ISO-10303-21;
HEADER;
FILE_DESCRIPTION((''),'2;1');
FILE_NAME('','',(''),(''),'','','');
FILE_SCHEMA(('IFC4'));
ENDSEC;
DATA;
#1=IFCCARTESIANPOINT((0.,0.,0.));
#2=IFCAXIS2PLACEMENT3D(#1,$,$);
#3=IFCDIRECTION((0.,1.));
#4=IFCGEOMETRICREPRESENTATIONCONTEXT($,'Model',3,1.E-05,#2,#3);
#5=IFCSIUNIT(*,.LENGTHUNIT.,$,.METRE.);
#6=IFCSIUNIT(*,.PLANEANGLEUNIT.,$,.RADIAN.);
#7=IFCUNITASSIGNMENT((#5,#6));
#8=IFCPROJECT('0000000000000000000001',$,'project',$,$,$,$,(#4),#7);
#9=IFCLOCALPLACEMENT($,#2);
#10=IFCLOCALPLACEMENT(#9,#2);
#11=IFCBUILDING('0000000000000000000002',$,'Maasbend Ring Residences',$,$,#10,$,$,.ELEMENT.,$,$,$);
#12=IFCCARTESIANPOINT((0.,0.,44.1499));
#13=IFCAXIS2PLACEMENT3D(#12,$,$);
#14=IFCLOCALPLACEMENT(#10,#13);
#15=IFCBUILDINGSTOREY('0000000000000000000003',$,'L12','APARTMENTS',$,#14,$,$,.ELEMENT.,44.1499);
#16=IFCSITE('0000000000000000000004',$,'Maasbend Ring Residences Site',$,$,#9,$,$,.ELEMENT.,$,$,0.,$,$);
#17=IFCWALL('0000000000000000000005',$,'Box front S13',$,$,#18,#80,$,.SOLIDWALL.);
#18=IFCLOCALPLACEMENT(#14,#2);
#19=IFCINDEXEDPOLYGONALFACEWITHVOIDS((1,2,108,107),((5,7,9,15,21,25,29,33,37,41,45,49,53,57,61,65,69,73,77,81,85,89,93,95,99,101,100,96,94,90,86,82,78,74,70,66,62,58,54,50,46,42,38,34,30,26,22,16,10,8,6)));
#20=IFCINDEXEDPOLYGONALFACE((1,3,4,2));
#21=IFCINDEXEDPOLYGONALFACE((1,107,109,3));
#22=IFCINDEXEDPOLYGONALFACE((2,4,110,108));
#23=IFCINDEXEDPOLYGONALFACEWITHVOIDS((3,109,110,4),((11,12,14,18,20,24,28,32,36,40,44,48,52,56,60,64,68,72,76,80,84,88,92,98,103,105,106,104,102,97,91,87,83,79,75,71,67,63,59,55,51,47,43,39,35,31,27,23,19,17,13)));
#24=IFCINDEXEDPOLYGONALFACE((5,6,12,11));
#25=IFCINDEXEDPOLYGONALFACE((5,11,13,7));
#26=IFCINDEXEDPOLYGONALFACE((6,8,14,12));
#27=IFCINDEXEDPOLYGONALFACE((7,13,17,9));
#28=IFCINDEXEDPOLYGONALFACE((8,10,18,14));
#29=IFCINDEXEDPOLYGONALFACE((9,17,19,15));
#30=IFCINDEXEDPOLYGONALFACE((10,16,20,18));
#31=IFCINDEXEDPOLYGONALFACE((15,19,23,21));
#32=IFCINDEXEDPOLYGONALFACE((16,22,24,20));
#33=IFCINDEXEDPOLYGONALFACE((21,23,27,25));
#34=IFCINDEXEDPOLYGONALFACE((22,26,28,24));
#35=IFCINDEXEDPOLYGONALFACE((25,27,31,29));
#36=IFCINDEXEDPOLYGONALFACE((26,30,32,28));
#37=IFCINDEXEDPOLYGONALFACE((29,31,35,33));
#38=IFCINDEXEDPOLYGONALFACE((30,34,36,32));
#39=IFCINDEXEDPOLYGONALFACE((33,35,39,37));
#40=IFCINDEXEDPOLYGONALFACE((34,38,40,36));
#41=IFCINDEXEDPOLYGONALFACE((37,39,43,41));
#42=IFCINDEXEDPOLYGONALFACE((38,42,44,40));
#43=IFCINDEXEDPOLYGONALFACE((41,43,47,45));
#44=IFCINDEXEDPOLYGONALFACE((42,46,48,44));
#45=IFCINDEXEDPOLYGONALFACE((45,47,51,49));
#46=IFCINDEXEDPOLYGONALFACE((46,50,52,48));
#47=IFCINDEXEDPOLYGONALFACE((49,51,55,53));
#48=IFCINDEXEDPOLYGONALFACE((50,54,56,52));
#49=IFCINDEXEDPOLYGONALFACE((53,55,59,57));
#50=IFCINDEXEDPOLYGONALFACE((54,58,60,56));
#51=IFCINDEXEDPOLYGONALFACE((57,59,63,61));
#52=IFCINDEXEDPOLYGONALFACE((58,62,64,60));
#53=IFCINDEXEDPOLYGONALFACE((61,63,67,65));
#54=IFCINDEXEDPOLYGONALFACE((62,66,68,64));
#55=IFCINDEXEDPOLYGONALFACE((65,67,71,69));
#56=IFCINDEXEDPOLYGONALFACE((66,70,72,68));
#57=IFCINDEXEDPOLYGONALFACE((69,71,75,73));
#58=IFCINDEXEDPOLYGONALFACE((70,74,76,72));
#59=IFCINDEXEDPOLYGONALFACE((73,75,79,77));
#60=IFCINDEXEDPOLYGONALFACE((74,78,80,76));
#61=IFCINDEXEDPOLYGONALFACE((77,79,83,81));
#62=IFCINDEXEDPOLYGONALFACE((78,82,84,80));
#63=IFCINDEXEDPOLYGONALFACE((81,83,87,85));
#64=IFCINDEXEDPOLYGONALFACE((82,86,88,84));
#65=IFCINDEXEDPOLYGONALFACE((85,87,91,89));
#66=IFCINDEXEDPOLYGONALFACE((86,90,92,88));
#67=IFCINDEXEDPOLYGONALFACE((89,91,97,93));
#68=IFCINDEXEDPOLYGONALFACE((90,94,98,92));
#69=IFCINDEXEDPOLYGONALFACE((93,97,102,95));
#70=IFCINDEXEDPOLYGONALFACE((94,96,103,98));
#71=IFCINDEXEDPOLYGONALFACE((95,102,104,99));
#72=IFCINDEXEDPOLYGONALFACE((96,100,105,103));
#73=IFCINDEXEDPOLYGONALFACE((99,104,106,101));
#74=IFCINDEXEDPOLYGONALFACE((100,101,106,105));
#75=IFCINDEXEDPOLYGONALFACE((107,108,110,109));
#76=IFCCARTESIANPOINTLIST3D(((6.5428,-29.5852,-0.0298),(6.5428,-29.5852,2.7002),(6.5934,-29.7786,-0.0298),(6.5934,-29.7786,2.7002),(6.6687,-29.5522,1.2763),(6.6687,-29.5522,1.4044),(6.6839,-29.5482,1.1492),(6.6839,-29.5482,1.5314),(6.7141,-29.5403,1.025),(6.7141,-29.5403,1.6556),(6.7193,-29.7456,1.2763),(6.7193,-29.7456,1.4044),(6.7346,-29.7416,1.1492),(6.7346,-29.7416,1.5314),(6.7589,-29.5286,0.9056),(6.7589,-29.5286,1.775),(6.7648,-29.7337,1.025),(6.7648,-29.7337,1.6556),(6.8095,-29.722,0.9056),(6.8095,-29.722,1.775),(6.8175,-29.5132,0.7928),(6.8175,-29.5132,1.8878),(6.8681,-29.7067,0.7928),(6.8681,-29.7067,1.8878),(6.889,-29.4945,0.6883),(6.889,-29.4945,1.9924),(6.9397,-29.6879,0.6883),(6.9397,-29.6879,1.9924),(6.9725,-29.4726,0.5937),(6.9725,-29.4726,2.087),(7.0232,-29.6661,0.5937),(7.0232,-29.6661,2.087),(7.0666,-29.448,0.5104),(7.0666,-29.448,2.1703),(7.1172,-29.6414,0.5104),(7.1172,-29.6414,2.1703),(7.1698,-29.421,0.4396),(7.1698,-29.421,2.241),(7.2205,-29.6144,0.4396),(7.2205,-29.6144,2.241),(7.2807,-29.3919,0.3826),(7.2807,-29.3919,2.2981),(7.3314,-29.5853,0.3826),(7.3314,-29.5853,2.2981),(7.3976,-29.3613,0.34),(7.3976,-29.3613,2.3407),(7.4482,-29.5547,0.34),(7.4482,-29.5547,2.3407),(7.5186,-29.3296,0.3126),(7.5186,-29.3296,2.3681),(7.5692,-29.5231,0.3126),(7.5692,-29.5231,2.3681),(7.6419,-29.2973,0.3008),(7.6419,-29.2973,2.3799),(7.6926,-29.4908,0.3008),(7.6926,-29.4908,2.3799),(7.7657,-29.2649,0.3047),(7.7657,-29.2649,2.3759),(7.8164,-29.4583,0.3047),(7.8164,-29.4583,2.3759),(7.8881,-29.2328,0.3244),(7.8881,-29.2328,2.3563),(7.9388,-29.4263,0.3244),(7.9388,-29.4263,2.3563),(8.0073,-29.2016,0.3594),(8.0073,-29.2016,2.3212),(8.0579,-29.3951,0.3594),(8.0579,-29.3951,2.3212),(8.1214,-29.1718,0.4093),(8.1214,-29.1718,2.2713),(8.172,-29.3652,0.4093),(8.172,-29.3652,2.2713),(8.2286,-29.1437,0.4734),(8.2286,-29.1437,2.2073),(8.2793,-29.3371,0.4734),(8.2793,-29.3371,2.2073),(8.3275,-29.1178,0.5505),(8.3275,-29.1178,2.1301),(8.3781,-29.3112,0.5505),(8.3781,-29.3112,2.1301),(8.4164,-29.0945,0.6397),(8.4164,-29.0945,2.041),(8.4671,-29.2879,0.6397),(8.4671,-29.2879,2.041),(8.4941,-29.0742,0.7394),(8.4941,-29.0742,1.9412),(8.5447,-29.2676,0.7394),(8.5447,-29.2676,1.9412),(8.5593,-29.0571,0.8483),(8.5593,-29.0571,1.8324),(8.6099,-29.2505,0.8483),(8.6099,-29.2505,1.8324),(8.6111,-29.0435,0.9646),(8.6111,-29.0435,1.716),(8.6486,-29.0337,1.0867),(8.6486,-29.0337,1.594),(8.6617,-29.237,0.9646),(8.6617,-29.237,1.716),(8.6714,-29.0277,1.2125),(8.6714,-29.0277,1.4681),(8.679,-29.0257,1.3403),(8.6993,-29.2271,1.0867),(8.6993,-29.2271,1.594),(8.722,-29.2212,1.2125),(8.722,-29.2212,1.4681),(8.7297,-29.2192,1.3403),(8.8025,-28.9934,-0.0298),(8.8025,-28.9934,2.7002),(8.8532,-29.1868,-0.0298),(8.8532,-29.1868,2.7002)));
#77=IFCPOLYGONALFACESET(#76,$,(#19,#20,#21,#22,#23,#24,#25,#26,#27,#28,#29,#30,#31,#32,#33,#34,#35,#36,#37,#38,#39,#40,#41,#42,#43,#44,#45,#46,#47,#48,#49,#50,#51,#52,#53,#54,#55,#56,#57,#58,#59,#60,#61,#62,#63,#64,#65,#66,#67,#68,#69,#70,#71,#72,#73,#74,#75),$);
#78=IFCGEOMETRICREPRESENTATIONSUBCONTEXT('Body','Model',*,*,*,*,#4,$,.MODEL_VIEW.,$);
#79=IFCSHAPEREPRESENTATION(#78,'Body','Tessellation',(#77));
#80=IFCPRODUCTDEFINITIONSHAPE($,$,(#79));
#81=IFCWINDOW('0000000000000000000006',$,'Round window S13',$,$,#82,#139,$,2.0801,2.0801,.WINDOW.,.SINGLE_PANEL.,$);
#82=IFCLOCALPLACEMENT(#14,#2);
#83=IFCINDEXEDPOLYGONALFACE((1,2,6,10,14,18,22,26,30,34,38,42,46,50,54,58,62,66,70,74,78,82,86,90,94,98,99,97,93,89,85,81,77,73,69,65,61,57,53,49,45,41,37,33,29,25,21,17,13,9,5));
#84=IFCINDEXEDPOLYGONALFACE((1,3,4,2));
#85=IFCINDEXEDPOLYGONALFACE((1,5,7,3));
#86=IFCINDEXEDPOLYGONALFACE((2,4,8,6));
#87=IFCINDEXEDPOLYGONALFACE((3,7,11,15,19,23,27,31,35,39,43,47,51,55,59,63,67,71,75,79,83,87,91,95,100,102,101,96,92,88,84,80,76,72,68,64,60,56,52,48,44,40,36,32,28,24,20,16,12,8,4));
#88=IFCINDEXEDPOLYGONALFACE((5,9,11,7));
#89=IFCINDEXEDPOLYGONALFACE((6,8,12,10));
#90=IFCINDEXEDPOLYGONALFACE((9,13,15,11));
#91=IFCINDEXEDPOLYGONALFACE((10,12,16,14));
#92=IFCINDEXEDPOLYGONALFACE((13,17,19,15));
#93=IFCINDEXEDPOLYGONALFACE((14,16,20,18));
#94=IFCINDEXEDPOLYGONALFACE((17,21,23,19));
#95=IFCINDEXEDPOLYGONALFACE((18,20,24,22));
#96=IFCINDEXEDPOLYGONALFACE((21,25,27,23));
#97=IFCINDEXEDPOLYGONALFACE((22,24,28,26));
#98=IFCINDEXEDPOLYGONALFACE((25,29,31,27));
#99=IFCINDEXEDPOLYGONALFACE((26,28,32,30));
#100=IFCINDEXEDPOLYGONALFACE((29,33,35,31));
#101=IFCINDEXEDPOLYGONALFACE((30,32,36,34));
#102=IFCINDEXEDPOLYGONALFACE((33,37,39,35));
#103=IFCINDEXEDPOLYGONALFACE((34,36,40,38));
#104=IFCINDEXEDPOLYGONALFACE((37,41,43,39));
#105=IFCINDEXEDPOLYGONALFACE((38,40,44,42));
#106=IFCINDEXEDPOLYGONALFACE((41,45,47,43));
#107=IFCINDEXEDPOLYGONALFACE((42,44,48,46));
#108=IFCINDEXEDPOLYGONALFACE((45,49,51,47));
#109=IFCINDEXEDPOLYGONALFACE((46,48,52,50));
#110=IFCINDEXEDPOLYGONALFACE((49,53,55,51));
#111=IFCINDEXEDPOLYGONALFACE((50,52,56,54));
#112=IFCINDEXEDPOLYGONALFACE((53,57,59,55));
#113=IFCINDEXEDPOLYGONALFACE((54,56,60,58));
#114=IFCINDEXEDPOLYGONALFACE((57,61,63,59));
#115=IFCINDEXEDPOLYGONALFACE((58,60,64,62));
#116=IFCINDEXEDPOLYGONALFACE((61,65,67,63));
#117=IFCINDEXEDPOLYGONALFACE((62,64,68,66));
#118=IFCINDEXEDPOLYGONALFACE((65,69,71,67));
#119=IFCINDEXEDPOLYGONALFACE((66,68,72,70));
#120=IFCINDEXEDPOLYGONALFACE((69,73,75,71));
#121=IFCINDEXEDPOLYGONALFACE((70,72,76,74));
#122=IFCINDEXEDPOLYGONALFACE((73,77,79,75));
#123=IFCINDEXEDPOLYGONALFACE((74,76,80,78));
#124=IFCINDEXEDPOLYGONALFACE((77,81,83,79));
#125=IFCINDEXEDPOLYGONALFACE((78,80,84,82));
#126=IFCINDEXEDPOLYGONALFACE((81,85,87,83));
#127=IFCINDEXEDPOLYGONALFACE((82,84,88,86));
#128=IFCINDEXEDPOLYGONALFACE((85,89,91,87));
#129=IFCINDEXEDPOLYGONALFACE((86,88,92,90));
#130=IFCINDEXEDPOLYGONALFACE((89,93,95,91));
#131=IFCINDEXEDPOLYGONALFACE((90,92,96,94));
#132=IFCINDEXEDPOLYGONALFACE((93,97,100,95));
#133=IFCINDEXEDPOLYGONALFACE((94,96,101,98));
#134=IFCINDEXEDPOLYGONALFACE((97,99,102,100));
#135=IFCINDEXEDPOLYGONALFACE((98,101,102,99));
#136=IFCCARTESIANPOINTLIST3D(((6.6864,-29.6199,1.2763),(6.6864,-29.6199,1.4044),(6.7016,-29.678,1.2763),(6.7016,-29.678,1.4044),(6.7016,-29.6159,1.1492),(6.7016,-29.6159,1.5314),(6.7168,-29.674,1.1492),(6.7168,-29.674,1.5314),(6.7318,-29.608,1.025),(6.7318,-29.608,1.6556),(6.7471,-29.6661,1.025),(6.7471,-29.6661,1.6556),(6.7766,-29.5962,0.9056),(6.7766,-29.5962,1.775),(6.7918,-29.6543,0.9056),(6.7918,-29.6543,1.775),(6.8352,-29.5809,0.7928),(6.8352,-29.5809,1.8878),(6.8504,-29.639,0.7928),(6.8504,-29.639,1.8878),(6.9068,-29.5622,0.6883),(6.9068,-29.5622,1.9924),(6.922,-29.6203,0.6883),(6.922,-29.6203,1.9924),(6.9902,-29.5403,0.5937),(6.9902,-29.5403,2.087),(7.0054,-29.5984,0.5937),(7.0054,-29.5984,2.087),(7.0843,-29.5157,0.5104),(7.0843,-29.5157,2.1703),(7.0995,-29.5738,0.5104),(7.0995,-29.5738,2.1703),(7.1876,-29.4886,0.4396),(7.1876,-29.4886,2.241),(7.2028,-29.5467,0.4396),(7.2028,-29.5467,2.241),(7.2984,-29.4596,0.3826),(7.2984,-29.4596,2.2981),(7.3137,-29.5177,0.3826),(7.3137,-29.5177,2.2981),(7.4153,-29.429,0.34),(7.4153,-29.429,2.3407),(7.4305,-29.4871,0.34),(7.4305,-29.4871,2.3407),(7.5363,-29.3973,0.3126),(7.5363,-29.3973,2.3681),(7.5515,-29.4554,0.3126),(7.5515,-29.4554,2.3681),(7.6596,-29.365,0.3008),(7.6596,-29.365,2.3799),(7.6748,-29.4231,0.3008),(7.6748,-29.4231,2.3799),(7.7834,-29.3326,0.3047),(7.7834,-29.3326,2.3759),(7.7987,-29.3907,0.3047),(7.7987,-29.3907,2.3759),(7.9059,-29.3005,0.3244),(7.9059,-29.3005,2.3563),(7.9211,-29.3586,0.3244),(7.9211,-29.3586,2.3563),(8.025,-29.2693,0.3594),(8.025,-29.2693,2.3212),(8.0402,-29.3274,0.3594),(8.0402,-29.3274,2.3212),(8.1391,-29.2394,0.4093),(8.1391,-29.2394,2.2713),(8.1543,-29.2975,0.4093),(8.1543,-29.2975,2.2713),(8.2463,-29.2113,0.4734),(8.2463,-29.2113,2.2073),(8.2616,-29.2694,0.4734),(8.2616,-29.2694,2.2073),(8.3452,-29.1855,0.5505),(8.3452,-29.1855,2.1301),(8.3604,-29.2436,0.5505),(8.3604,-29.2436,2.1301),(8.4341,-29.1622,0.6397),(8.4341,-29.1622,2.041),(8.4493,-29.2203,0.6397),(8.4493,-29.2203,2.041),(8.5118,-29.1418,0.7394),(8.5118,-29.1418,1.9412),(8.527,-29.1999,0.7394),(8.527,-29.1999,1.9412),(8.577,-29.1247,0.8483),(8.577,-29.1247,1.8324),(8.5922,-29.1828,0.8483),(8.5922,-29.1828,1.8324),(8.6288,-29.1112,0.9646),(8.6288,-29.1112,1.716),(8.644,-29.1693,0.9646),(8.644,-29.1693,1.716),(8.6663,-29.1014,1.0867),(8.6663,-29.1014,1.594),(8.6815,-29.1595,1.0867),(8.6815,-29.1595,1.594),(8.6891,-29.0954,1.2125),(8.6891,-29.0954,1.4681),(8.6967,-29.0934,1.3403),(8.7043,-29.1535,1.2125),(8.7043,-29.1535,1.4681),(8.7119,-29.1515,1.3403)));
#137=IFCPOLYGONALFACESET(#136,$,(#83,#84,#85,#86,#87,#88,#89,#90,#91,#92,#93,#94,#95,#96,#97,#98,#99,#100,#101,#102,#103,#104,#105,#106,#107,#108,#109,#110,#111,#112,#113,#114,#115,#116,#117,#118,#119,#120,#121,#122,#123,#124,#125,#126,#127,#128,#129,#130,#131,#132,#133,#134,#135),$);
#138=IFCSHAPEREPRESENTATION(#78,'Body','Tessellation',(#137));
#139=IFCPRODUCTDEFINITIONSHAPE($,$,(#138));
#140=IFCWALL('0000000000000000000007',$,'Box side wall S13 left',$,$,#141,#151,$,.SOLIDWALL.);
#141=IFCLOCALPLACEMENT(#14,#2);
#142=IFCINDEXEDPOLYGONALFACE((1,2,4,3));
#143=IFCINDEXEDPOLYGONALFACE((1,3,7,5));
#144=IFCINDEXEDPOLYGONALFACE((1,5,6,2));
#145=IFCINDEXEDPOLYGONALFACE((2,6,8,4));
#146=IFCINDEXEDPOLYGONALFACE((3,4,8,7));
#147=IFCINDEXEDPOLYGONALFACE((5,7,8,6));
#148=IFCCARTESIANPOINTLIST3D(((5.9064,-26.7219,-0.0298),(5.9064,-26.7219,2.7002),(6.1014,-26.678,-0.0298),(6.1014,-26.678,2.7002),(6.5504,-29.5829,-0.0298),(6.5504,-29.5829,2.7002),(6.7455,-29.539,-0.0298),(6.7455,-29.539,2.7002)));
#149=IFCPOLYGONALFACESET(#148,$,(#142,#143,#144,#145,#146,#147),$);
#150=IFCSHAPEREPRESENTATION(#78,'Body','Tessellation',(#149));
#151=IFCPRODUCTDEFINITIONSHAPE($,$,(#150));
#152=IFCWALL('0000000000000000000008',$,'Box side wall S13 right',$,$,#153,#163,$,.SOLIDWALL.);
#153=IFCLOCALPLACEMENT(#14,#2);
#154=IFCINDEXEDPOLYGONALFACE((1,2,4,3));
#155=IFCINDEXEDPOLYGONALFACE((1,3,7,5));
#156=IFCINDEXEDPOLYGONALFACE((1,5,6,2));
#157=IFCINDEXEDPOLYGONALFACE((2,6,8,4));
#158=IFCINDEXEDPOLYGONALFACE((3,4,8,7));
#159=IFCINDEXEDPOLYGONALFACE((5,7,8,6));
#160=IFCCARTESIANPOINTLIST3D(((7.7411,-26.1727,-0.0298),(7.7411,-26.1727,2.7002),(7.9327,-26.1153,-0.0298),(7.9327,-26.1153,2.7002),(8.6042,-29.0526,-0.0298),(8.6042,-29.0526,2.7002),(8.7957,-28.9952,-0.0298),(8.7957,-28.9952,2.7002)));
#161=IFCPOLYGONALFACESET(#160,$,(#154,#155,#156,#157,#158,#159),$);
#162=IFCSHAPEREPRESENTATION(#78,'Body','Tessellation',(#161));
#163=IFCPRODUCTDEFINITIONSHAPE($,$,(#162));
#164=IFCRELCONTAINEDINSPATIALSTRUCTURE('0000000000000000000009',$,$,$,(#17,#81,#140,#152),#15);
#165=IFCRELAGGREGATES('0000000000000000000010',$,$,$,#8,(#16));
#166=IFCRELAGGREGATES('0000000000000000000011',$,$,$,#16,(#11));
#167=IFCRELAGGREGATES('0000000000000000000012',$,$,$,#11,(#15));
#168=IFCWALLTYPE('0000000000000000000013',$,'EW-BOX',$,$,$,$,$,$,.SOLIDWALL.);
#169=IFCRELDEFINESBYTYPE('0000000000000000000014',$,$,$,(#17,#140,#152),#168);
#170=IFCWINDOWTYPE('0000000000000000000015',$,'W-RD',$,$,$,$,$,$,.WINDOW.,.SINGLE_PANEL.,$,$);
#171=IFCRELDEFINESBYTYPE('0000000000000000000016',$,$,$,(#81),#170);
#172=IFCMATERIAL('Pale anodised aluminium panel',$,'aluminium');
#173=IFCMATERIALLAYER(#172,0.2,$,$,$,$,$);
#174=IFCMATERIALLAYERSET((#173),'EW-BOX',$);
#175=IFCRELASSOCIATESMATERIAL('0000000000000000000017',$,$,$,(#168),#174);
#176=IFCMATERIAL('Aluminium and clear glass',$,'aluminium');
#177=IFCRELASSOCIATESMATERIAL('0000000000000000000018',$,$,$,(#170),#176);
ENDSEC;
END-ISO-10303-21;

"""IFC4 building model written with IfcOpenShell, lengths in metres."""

from ifc_helpers import new_model, si_unit, direction, frame, frame_2d, origin, place, context, subcontext, project, spatial, rectangle, circle, extrude, material, layer, layer_set, type_object, element, fill, save


model = new_model("IFC4")

# Units and contexts
model_context = context("Model", 3, precision=1e-05, world=origin(), true_north=direction((0.0, 1.0)))
body_context = subcontext(model_context, "Body", "Model", "MODEL_VIEW")
ifc_project = project(units=[si_unit("LENGTHUNIT", "METRE"), si_unit("PLANEANGLEUNIT", "RADIAN")], contexts=[model_context])

# Site, building, storey
site_placement = place(None, origin())
site = spatial("IfcSite", under=ifc_project, at=site_placement, Name="Maasbend Ring Residences Site", CompositionType="ELEMENT", RefElevation=0.0)
building_placement = place(site_placement, origin())
building = spatial("IfcBuilding", under=site, at=building_placement, Name="Maasbend Ring Residences", CompositionType="ELEMENT")
storey_placement = place(building_placement, frame((0.0, 0.0, 44.1499)))
storey = spatial("IfcBuildingStorey", under=building, at=storey_placement, Name="L12", Description="APARTMENTS", CompositionType="ELEMENT", Elevation=44.1499)

# Shared definitions
ifc_material_1 = material(Name="Pale anodised aluminium panel", Category="aluminium")
ifc_layer_1 = layer(ifc_material_1, 0.2)
ifc_layer_set_1 = layer_set([ifc_layer_1], Name="EW-BOX")
wall_type_1 = type_object("IfcWallType", Name="EW-BOX", PredefinedType="SOLIDWALL", material=ifc_layer_set_1)

# Wall, opening, window
wall_1_placement = place(storey_placement, frame((6.5681, -29.6819, -0.0298), z_axis=(0.0, 0.0, 1.0), x_axis=(0.967377, 0.253341, 0.0)))
wall_1 = element("IfcWall", 1, at=wall_1_placement, inside=storey, type_object=wall_type_1, Name="Box front S13", PredefinedType="SOLIDWALL", context=body_context, shape_type="SweptSolid", body=[
    extrude(rectangle(XDim=2.3359, YDim=0.2, at=frame_2d((1.168, 0.0))), origin(), (0.0, 0.0, 1.0), 2.73),
])
opening_1_placement = place(wall_1_placement, frame((0.1282, 0.0, 0.3301)))
opening_1 = element("IfcOpeningElement", 2, at=opening_1_placement, cuts=wall_1, PredefinedType="OPENING", context=body_context, shape_type="SweptSolid", body=[
    extrude(circle(Radius=1.04, at=frame_2d((1.04, 1.04))), frame((0.0, 0.1099, 0.0), z_axis=(0.0, -1.0, 0.0), x_axis=(1.0, 0.0, 0.0)), (0.0, 0.0, 1.0), 0.22),
])
ifc_material_2 = material(Name="Aluminium and clear glass", Category="aluminium")
window_type_1 = type_object("IfcWindowType", Name="W-RD", PartitioningType="SINGLE_PANEL", PredefinedType="WINDOW", material=ifc_material_2)
window_1_placement = place(opening_1_placement, origin())
window_1 = element("IfcWindow", 3, at=window_1_placement, inside=storey, type_object=window_type_1, Name="Round window S13", OverallHeight=2.0801, OverallWidth=2.0801, PartitioningType="SINGLE_PANEL", PredefinedType="WINDOW", context=body_context, shape_type="SweptSolid", body=[
    extrude(circle(Radius=1.04, at=frame_2d((1.04, 1.04))), frame((0.0, 0.03, 0.0), z_axis=(0.0, -1.0, 0.0), x_axis=(1.0, 0.0, 0.0)), (0.0, 0.0, 1.0), 0.0601),
])
fill(opening_1, window_1)

# Walls
wall_2_placement = place(storey_placement, frame((6.0039, -26.7, -0.0298), z_axis=(0.0, 0.0, 1.0), x_axis=(0.219609, -0.975588, 0.0)))
element("IfcWall", 4, at=wall_2_placement, inside=storey, type_object=wall_type_1, Name="Box side wall S13 left", PredefinedType="SOLIDWALL", context=body_context, shape_type="SweptSolid", body=[
    extrude(rectangle(XDim=2.9326, YDim=0.2, at=frame_2d((1.4663, 0.0))), origin(), (0.0, 0.0, 1.0), 2.73),
])
wall_3_placement = place(storey_placement, frame((7.8369, -26.144, -0.0298), z_axis=(0.0, 0.0, 1.0), x_axis=(0.287065, -0.957911, 0.0)))
element("IfcWall", 5, at=wall_3_placement, inside=storey, type_object=wall_type_1, Name="Box side wall S13 right", PredefinedType="SOLIDWALL", context=body_context, shape_type="SweptSolid", body=[
    extrude(rectangle(XDim=3.0063, YDim=0.2, at=frame_2d((1.5032, 0.0))), origin(), (0.0, 0.0, 1.0), 2.73),
])

save(model, "model.ifc")
